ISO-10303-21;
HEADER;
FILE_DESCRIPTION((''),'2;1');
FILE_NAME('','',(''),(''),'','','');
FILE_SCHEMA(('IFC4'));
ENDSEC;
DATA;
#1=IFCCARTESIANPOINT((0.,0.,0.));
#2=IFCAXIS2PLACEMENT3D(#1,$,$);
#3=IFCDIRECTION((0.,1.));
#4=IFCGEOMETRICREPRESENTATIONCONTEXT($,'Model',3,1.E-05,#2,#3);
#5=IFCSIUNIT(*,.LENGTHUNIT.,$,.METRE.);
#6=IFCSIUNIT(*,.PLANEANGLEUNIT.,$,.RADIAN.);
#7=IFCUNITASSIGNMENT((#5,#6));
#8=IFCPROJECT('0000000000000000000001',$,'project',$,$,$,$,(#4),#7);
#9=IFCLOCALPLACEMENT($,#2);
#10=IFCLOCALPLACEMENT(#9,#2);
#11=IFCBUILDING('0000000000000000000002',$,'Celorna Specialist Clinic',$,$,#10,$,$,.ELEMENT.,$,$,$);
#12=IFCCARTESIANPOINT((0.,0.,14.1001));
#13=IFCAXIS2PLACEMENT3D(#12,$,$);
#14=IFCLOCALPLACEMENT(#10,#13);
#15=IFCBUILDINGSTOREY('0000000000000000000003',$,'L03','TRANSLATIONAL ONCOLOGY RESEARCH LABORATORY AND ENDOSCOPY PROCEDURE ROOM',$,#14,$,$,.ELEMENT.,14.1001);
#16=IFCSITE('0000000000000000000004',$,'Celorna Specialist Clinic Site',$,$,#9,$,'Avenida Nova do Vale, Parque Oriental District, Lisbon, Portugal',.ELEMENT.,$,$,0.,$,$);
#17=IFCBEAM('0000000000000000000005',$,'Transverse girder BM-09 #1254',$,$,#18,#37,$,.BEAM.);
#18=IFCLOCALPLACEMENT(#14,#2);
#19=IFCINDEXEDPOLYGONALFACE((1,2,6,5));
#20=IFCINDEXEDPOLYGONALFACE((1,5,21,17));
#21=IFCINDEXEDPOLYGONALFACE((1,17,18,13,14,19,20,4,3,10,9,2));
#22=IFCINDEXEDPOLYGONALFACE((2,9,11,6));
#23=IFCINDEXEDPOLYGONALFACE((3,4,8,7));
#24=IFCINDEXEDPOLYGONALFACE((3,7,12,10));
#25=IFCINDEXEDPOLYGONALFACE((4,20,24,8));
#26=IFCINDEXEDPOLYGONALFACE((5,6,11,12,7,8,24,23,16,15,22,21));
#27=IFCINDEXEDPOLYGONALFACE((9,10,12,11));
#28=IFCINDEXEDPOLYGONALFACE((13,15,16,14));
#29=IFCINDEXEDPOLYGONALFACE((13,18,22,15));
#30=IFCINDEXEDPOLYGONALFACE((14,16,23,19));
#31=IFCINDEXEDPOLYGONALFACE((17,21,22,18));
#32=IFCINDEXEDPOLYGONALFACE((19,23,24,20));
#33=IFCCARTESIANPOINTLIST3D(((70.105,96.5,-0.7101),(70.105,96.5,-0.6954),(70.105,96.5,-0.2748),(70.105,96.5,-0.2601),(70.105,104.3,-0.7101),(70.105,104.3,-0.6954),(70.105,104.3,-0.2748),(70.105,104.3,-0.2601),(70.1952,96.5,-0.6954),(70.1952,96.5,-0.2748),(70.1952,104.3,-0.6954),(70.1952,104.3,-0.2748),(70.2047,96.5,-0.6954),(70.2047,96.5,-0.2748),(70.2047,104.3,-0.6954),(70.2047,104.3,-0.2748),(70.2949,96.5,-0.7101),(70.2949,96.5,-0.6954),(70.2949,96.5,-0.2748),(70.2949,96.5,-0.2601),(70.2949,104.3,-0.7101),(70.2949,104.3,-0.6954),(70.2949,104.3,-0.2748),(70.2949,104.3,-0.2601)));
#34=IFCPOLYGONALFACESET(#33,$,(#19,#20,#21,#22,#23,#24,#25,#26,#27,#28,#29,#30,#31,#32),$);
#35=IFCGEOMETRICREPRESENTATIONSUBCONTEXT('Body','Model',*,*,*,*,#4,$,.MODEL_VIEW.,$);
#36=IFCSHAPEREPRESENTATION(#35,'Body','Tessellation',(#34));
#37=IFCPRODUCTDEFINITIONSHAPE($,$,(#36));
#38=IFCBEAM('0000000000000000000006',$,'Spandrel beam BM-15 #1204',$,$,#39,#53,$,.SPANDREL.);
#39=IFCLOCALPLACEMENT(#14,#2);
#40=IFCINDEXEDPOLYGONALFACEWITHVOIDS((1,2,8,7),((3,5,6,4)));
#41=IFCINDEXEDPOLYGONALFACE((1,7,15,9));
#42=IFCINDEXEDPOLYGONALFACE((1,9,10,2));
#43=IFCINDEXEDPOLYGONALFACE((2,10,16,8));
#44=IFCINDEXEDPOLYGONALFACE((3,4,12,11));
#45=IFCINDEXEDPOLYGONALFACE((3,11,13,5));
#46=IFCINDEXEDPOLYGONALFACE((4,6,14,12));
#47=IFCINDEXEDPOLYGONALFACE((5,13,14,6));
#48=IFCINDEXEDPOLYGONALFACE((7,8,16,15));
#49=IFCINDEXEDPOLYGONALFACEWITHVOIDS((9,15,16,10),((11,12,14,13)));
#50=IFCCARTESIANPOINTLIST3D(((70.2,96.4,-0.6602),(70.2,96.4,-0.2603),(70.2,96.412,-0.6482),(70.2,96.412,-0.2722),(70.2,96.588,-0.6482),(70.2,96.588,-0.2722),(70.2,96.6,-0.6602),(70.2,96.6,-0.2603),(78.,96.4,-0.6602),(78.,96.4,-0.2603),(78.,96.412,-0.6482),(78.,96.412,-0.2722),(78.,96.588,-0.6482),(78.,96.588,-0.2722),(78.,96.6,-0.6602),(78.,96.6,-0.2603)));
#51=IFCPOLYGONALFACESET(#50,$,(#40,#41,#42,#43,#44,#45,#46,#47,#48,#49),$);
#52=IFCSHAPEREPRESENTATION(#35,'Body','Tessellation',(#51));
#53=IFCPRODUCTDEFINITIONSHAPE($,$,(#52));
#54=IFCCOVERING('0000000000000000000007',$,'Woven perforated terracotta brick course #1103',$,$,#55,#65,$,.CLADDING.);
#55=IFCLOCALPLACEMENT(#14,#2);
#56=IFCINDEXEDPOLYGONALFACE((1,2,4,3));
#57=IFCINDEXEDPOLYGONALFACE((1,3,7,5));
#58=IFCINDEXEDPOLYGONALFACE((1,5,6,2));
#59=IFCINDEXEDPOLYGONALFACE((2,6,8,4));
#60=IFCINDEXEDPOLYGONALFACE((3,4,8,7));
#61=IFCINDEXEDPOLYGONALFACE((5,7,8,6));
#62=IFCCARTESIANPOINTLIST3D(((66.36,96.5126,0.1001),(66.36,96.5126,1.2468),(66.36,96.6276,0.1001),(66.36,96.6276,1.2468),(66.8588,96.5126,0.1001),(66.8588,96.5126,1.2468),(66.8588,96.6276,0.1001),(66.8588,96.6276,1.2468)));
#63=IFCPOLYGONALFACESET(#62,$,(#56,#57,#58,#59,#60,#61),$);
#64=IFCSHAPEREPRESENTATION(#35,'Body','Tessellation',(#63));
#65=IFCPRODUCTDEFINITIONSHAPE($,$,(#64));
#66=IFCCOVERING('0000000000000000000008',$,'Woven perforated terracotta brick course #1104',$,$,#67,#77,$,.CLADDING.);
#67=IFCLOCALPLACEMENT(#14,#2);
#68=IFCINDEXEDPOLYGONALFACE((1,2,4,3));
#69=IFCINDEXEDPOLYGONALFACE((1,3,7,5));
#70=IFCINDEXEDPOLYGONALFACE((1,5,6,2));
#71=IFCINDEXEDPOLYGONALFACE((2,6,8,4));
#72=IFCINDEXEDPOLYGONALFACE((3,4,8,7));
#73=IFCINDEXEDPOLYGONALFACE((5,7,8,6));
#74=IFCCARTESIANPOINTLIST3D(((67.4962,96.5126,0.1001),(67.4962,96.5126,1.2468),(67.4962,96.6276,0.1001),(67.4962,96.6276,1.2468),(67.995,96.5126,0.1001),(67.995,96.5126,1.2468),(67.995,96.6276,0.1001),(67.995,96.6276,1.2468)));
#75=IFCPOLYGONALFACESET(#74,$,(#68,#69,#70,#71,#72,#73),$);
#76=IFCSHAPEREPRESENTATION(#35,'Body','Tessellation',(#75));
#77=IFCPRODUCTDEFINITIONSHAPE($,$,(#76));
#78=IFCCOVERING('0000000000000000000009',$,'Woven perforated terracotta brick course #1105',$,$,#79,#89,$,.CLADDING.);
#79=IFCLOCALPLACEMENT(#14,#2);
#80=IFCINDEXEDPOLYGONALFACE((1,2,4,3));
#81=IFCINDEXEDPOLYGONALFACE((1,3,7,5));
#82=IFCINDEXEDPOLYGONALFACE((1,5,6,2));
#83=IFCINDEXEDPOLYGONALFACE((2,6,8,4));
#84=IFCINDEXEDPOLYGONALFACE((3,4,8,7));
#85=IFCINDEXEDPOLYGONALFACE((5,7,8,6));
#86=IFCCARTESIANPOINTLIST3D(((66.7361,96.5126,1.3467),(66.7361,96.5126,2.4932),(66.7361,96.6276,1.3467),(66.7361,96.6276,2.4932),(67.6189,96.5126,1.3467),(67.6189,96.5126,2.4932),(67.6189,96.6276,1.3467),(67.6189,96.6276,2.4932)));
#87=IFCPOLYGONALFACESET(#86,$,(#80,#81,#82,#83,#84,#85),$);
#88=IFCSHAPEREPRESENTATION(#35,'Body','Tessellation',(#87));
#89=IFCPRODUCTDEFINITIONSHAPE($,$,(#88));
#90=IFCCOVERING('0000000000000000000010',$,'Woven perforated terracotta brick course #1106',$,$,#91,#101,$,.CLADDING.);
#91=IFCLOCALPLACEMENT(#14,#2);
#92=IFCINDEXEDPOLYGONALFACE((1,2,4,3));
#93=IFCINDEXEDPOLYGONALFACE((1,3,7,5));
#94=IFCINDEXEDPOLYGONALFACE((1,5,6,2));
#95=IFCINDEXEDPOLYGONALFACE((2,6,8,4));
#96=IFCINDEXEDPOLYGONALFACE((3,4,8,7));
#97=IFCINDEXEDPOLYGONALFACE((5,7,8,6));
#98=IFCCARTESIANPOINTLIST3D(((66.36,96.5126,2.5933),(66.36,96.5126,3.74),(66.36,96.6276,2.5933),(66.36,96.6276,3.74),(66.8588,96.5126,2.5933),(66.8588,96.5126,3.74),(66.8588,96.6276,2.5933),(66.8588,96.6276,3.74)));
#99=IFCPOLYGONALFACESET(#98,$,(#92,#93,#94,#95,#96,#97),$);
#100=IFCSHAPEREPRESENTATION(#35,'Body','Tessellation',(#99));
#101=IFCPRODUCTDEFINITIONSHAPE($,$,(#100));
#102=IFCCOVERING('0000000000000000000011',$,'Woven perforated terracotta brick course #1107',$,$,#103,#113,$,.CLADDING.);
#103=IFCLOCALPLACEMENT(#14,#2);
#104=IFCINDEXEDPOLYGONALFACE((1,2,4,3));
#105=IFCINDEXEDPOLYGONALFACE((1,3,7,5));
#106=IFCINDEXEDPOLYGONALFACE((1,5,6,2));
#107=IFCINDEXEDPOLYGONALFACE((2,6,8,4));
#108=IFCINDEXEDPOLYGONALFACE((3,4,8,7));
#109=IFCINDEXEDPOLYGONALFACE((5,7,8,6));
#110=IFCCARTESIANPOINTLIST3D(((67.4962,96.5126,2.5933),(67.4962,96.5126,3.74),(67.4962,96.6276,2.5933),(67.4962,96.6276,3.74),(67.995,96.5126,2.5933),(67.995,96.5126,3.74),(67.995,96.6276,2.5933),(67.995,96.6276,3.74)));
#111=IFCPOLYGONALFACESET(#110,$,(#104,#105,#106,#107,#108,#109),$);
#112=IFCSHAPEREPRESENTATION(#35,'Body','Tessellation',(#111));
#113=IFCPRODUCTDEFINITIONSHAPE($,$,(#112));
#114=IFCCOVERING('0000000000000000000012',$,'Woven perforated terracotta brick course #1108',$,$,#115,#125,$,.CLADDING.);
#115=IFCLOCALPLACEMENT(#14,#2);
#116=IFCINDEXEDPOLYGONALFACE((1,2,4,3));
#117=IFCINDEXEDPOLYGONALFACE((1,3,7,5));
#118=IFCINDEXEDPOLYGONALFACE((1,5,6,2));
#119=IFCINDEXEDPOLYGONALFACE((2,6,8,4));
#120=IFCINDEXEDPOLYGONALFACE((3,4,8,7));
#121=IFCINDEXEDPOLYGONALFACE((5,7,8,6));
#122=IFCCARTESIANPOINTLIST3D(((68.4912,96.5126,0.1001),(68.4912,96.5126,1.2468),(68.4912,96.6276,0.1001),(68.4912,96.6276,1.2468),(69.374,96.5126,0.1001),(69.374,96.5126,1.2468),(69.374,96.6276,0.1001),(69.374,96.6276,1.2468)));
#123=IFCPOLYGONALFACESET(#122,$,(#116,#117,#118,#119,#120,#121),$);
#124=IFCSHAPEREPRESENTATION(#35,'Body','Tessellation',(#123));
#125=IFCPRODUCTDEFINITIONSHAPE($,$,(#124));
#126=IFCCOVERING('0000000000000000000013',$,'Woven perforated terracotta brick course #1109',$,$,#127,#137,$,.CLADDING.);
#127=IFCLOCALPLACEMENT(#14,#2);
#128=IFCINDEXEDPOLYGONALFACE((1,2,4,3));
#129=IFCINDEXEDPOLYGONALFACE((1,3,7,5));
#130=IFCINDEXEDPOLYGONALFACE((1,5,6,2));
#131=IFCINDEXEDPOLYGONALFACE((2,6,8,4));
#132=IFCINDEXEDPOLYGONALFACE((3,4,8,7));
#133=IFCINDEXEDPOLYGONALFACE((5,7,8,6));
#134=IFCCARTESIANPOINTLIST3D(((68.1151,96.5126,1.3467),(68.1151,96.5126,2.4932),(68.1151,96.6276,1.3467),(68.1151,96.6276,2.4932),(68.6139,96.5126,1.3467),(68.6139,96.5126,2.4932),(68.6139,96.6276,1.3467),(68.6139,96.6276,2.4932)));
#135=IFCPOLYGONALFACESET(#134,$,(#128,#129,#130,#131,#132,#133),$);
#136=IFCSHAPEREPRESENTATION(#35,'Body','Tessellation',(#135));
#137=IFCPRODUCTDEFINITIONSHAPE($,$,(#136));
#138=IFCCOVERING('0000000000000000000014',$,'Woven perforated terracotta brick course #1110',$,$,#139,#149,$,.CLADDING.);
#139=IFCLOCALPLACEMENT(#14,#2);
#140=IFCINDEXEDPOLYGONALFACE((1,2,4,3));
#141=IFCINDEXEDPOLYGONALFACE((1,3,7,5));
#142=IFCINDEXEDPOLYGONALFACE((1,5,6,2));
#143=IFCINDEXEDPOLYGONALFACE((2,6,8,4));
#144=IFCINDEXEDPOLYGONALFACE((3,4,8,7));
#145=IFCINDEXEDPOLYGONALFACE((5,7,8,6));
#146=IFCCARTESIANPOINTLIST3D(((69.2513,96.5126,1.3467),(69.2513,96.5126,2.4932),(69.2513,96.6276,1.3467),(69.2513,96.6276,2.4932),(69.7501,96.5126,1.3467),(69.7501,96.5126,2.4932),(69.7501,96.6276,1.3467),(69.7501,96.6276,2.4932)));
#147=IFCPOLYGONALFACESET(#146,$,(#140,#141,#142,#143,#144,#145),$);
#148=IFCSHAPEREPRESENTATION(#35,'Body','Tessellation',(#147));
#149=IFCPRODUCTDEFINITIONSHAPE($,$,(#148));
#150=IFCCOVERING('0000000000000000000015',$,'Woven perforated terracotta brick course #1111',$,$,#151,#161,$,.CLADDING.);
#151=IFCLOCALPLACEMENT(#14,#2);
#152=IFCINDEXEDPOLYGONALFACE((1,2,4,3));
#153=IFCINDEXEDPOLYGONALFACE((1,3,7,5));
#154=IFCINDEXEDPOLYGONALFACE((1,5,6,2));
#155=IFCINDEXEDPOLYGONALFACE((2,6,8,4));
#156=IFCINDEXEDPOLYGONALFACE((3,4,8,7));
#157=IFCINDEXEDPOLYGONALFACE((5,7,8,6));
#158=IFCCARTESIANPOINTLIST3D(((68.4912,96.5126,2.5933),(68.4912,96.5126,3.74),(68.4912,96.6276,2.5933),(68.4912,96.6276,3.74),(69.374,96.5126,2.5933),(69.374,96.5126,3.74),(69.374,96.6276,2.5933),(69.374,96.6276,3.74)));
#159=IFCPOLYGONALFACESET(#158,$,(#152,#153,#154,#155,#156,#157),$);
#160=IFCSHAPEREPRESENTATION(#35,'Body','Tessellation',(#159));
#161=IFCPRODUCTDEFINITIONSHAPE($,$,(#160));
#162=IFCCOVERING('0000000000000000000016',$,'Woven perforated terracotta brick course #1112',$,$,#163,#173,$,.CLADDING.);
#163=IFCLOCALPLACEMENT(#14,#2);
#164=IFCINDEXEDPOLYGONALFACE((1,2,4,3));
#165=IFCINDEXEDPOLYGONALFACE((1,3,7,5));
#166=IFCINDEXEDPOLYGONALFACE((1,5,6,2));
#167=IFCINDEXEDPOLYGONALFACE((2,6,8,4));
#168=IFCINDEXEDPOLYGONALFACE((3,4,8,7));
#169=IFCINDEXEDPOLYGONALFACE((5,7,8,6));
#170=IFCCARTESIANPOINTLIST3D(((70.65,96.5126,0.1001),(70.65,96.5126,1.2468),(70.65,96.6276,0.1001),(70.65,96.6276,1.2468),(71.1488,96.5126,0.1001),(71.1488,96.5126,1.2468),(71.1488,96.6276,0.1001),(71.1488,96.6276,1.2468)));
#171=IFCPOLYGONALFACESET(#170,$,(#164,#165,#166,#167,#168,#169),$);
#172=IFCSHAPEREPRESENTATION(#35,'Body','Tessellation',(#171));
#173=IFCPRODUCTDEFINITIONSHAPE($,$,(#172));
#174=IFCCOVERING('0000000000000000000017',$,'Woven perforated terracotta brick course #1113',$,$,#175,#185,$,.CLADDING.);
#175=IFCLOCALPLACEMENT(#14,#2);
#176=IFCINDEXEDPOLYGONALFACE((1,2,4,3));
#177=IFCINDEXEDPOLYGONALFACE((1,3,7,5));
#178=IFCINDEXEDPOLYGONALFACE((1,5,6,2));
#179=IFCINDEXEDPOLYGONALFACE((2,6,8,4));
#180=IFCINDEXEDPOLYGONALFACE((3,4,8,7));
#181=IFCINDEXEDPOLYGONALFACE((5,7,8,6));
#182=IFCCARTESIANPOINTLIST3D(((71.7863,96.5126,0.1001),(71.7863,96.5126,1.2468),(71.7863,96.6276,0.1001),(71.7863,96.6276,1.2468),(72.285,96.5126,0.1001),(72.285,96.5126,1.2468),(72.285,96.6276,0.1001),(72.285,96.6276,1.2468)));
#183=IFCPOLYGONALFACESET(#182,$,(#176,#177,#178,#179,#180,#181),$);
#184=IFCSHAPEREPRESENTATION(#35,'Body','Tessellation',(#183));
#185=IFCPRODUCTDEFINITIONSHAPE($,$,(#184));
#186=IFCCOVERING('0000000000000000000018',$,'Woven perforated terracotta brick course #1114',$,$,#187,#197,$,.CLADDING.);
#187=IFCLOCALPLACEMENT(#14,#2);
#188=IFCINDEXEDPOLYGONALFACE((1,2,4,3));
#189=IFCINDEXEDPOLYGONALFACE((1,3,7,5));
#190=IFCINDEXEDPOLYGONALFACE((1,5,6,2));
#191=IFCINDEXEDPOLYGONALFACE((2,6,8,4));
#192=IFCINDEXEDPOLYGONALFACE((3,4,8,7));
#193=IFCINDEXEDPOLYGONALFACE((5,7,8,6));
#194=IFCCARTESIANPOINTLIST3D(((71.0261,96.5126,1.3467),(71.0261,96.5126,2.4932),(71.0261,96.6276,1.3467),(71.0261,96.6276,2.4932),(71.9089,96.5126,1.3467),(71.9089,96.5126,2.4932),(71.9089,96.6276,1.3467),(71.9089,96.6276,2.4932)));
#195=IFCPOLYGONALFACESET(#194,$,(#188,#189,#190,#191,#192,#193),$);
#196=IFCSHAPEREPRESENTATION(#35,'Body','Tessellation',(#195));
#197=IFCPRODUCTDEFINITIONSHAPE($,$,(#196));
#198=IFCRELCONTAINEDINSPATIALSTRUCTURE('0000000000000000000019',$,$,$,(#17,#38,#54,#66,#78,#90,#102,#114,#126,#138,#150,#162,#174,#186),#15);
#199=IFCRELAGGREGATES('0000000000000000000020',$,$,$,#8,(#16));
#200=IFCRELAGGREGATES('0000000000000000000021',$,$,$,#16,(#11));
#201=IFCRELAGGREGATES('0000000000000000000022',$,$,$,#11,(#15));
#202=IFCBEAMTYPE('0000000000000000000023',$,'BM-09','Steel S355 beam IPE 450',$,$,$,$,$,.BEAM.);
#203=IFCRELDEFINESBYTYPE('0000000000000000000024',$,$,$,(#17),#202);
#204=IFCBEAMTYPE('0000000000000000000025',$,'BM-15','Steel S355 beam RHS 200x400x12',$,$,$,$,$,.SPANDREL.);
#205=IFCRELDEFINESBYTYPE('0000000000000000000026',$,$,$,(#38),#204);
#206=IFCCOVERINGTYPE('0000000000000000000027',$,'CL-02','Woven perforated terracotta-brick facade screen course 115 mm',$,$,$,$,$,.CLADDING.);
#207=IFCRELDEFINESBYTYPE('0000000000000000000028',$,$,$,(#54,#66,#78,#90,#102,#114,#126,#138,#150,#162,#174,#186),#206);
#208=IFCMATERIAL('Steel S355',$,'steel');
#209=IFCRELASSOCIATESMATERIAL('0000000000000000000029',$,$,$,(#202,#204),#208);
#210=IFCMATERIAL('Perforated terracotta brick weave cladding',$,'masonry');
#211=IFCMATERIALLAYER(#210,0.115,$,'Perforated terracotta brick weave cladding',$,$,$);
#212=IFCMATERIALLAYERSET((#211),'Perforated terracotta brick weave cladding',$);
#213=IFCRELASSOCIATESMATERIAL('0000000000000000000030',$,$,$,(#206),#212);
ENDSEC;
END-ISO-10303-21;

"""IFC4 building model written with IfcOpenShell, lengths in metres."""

from ifc_helpers import new_model, si_unit, direction, frame, origin, origin_2d, place, context, subcontext, project, spatial, rectangle, hollow_rectangle, i_section, extrude, material, layer, layer_set, material_profile, profile_set, type_object, element, save


model = new_model("IFC4")

# Units and contexts
model_context = context("Model", 3, precision=1e-05, world=origin(), true_north=direction((0.0, 1.0)))
body_context = subcontext(model_context, "Body", "Model", "MODEL_VIEW")
ifc_project = project(units=[si_unit("LENGTHUNIT", "METRE"), si_unit("PLANEANGLEUNIT", "RADIAN")], contexts=[model_context])

# Site, building, storey
site_placement = place(None, origin())
site = spatial("IfcSite", under=ifc_project, at=site_placement, Name="Celorna Specialist Clinic Site", LongName="Avenida Nova do Vale, Parque Oriental District, Lisbon, Portugal", CompositionType="ELEMENT", RefElevation=0.0)
building_placement = place(site_placement, origin())
building = spatial("IfcBuilding", under=site, at=building_placement, Name="Celorna Specialist Clinic", CompositionType="ELEMENT")
storey_placement = place(building_placement, frame((0.0, 0.0, 14.1001)))
storey = spatial("IfcBuildingStorey", under=building, at=storey_placement, Name="L03", Description="TRANSLATIONAL ONCOLOGY RESEARCH LABORATORY AND ENDOSCOPY PROCEDURE ROOM", CompositionType="ELEMENT", Elevation=14.1001)

# Beams
ifc_material_1 = material(Name="Steel S355", Category="steel")
ifc_material_profile_1 = material_profile(ifc_material_1, i_section(OverallWidth=0.1899, OverallDepth=0.45, WebThickness=0.0095, FlangeThickness=0.0146, at=origin_2d()), Name="IPE 450")
ifc_profile_set_1 = profile_set([ifc_material_profile_1], Name="Steel S355")
beam_type_1 = type_object("IfcBeamType", Name="BM-09", Description="Steel S355 beam IPE 450", PredefinedType="BEAM", material=ifc_profile_set_1)
beam_1_placement = place(storey_placement, frame((70.2, 96.5, -0.4851), z_axis=(0.0, 1.0, 0.0), x_axis=(-1.0, 0.0, 0.0)))
element("IfcBeam", 1, at=beam_1_placement, inside=storey, type_object=beam_type_1, Name="Transverse girder BM-09 #1254", PredefinedType="BEAM", context=body_context, shape_type="SweptSolid", body=[
    extrude(i_section(OverallWidth=0.1899, OverallDepth=0.45, WebThickness=0.0095, FlangeThickness=0.0146, at=origin_2d()), origin(), (0.0, 0.0, 1.0), 7.8),
])
ifc_material_profile_2 = material_profile(ifc_material_1, hollow_rectangle(XDim=0.2, YDim=0.3999, WallThickness=0.012, at=origin_2d()), Name="RHS 200x400x12")
ifc_profile_set_2 = profile_set([ifc_material_profile_2], Name="Steel S355")
beam_type_2 = type_object("IfcBeamType", Name="BM-15", Description="Steel S355 beam RHS 200x400x12", PredefinedType="SPANDREL", material=ifc_profile_set_2)
beam_2_placement = place(storey_placement, frame((70.2, 96.5, -0.4602), z_axis=(1.0, 0.0, 0.0), x_axis=(0.0, 1.0, 0.0)))
element("IfcBeam", 2, at=beam_2_placement, inside=storey, type_object=beam_type_2, Name="Spandrel beam BM-15 #1204", PredefinedType="SPANDREL", context=body_context, shape_type="SweptSolid", body=[
    extrude(hollow_rectangle(XDim=0.2, YDim=0.3999, WallThickness=0.012, at=origin_2d()), origin(), (0.0, 0.0, 1.0), 7.8),
])

# Coverings
ifc_material_2 = material(Name="Perforated terracotta brick weave cladding", Category="masonry")
ifc_layer = layer(ifc_material_2, 0.115, Name="Perforated terracotta brick weave cladding")
ifc_layer_set = layer_set([ifc_layer], Name="Perforated terracotta brick weave cladding")
covering_type = type_object("IfcCoveringType", Name="CL-02", Description="Woven perforated terracotta-brick facade screen course 115 mm", PredefinedType="CLADDING", material=ifc_layer_set)
for number, where, z_axis, x_axis, name in (
    (3, (66.6094, 96.5701, 0.1001), (0.0, 0.0, 1.0), (1.0, 0.0, 0.0), "Woven perforated terracotta brick course #1103"),
    (4, (67.7456, 96.5701, 0.1001), (0.0, 0.0, 1.0), (1.0, 0.0, 0.0), "Woven perforated terracotta brick course #1104"),
):
    element("IfcCovering", number, at=place(storey_placement, frame(where, z_axis=z_axis, x_axis=x_axis)), inside=storey, type_object=covering_type, Name=name, PredefinedType="CLADDING", context=body_context, shape_type="SweptSolid", body=[
        extrude(rectangle(XDim=0.4988, YDim=0.115, at=origin_2d()), origin(), (0.0, 0.0, 1.0), 1.1467),
    ])
covering_1_placement = place(storey_placement, frame((67.1775, 96.5701, 1.3467), z_axis=(0.0, 0.0, 1.0), x_axis=(1.0, 0.0, 0.0)))
element("IfcCovering", 5, at=covering_1_placement, inside=storey, type_object=covering_type, Name="Woven perforated terracotta brick course #1105", PredefinedType="CLADDING", context=body_context, shape_type="SweptSolid", body=[
    extrude(rectangle(XDim=0.8828, YDim=0.115, at=origin_2d()), origin(), (0.0, 0.0, 1.0), 1.1465),
])
for number, where, z_axis, x_axis, name in (
    (6, (66.6094, 96.5701, 2.5933), (0.0, 0.0, 1.0), (1.0, 0.0, 0.0), "Woven perforated terracotta brick course #1106"),
    (7, (67.7456, 96.5701, 2.5933), (0.0, 0.0, 1.0), (1.0, 0.0, 0.0), "Woven perforated terracotta brick course #1107"),
):
    element("IfcCovering", number, at=place(storey_placement, frame(where, z_axis=z_axis, x_axis=x_axis)), inside=storey, type_object=covering_type, Name=name, PredefinedType="CLADDING", context=body_context, shape_type="SweptSolid", body=[
        extrude(rectangle(XDim=0.4988, YDim=0.115, at=origin_2d()), origin(), (0.0, 0.0, 1.0), 1.1467),
    ])
covering_2_placement = place(storey_placement, frame((68.9326, 96.5701, 0.1001), z_axis=(0.0, 0.0, 1.0), x_axis=(1.0, 0.0, 0.0)))
element("IfcCovering", 8, at=covering_2_placement, inside=storey, type_object=covering_type, Name="Woven perforated terracotta brick course #1108", PredefinedType="CLADDING", context=body_context, shape_type="SweptSolid", body=[
    extrude(rectangle(XDim=0.8828, YDim=0.115, at=origin_2d()), origin(), (0.0, 0.0, 1.0), 1.1467),
])
for number, where, z_axis, x_axis, name in (
    (9, (68.3645, 96.5701, 1.3467), (0.0, 0.0, 1.0), (1.0, 0.0, 0.0), "Woven perforated terracotta brick course #1109"),
    (10, (69.5007, 96.5701, 1.3467), (0.0, 0.0, 1.0), (1.0, 0.0, 0.0), "Woven perforated terracotta brick course #1110"),
):
    element("IfcCovering", number, at=place(storey_placement, frame(where, z_axis=z_axis, x_axis=x_axis)), inside=storey, type_object=covering_type, Name=name, PredefinedType="CLADDING", context=body_context, shape_type="SweptSolid", body=[
        extrude(rectangle(XDim=0.4988, YDim=0.115, at=origin_2d()), origin(), (0.0, 0.0, 1.0), 1.1465),
    ])
covering_3_placement = place(storey_placement, frame((68.9326, 96.5701, 2.5933), z_axis=(0.0, 0.0, 1.0), x_axis=(1.0, 0.0, 0.0)))
element("IfcCovering", 11, at=covering_3_placement, inside=storey, type_object=covering_type, Name="Woven perforated terracotta brick course #1111", PredefinedType="CLADDING", context=body_context, shape_type="SweptSolid", body=[
    extrude(rectangle(XDim=0.8828, YDim=0.115, at=origin_2d()), origin(), (0.0, 0.0, 1.0), 1.1467),
])
for number, where, z_axis, x_axis, name in (
    (12, (70.8994, 96.5701, 0.1001), (0.0, 0.0, 1.0), (1.0, 0.0, 0.0), "Woven perforated terracotta brick course #1112"),
    (13, (72.0356, 96.5701, 0.1001), (0.0, 0.0, 1.0), (1.0, 0.0, 0.0), "Woven perforated terracotta brick course #1113"),
):
    element("IfcCovering", number, at=place(storey_placement, frame(where, z_axis=z_axis, x_axis=x_axis)), inside=storey, type_object=covering_type, Name=name, PredefinedType="CLADDING", context=body_context, shape_type="SweptSolid", body=[
        extrude(rectangle(XDim=0.4988, YDim=0.115, at=origin_2d()), origin(), (0.0, 0.0, 1.0), 1.1467),
    ])
covering_4_placement = place(storey_placement, frame((71.4675, 96.5701, 1.3467), z_axis=(0.0, 0.0, 1.0), x_axis=(1.0, 0.0, 0.0)))
element("IfcCovering", 14, at=covering_4_placement, inside=storey, type_object=covering_type, Name="Woven perforated terracotta brick course #1114", PredefinedType="CLADDING", context=body_context, shape_type="SweptSolid", body=[
    extrude(rectangle(XDim=0.8828, YDim=0.115, at=origin_2d()), origin(), (0.0, 0.0, 1.0), 1.1465),
])

save(model, "model.ifc")
